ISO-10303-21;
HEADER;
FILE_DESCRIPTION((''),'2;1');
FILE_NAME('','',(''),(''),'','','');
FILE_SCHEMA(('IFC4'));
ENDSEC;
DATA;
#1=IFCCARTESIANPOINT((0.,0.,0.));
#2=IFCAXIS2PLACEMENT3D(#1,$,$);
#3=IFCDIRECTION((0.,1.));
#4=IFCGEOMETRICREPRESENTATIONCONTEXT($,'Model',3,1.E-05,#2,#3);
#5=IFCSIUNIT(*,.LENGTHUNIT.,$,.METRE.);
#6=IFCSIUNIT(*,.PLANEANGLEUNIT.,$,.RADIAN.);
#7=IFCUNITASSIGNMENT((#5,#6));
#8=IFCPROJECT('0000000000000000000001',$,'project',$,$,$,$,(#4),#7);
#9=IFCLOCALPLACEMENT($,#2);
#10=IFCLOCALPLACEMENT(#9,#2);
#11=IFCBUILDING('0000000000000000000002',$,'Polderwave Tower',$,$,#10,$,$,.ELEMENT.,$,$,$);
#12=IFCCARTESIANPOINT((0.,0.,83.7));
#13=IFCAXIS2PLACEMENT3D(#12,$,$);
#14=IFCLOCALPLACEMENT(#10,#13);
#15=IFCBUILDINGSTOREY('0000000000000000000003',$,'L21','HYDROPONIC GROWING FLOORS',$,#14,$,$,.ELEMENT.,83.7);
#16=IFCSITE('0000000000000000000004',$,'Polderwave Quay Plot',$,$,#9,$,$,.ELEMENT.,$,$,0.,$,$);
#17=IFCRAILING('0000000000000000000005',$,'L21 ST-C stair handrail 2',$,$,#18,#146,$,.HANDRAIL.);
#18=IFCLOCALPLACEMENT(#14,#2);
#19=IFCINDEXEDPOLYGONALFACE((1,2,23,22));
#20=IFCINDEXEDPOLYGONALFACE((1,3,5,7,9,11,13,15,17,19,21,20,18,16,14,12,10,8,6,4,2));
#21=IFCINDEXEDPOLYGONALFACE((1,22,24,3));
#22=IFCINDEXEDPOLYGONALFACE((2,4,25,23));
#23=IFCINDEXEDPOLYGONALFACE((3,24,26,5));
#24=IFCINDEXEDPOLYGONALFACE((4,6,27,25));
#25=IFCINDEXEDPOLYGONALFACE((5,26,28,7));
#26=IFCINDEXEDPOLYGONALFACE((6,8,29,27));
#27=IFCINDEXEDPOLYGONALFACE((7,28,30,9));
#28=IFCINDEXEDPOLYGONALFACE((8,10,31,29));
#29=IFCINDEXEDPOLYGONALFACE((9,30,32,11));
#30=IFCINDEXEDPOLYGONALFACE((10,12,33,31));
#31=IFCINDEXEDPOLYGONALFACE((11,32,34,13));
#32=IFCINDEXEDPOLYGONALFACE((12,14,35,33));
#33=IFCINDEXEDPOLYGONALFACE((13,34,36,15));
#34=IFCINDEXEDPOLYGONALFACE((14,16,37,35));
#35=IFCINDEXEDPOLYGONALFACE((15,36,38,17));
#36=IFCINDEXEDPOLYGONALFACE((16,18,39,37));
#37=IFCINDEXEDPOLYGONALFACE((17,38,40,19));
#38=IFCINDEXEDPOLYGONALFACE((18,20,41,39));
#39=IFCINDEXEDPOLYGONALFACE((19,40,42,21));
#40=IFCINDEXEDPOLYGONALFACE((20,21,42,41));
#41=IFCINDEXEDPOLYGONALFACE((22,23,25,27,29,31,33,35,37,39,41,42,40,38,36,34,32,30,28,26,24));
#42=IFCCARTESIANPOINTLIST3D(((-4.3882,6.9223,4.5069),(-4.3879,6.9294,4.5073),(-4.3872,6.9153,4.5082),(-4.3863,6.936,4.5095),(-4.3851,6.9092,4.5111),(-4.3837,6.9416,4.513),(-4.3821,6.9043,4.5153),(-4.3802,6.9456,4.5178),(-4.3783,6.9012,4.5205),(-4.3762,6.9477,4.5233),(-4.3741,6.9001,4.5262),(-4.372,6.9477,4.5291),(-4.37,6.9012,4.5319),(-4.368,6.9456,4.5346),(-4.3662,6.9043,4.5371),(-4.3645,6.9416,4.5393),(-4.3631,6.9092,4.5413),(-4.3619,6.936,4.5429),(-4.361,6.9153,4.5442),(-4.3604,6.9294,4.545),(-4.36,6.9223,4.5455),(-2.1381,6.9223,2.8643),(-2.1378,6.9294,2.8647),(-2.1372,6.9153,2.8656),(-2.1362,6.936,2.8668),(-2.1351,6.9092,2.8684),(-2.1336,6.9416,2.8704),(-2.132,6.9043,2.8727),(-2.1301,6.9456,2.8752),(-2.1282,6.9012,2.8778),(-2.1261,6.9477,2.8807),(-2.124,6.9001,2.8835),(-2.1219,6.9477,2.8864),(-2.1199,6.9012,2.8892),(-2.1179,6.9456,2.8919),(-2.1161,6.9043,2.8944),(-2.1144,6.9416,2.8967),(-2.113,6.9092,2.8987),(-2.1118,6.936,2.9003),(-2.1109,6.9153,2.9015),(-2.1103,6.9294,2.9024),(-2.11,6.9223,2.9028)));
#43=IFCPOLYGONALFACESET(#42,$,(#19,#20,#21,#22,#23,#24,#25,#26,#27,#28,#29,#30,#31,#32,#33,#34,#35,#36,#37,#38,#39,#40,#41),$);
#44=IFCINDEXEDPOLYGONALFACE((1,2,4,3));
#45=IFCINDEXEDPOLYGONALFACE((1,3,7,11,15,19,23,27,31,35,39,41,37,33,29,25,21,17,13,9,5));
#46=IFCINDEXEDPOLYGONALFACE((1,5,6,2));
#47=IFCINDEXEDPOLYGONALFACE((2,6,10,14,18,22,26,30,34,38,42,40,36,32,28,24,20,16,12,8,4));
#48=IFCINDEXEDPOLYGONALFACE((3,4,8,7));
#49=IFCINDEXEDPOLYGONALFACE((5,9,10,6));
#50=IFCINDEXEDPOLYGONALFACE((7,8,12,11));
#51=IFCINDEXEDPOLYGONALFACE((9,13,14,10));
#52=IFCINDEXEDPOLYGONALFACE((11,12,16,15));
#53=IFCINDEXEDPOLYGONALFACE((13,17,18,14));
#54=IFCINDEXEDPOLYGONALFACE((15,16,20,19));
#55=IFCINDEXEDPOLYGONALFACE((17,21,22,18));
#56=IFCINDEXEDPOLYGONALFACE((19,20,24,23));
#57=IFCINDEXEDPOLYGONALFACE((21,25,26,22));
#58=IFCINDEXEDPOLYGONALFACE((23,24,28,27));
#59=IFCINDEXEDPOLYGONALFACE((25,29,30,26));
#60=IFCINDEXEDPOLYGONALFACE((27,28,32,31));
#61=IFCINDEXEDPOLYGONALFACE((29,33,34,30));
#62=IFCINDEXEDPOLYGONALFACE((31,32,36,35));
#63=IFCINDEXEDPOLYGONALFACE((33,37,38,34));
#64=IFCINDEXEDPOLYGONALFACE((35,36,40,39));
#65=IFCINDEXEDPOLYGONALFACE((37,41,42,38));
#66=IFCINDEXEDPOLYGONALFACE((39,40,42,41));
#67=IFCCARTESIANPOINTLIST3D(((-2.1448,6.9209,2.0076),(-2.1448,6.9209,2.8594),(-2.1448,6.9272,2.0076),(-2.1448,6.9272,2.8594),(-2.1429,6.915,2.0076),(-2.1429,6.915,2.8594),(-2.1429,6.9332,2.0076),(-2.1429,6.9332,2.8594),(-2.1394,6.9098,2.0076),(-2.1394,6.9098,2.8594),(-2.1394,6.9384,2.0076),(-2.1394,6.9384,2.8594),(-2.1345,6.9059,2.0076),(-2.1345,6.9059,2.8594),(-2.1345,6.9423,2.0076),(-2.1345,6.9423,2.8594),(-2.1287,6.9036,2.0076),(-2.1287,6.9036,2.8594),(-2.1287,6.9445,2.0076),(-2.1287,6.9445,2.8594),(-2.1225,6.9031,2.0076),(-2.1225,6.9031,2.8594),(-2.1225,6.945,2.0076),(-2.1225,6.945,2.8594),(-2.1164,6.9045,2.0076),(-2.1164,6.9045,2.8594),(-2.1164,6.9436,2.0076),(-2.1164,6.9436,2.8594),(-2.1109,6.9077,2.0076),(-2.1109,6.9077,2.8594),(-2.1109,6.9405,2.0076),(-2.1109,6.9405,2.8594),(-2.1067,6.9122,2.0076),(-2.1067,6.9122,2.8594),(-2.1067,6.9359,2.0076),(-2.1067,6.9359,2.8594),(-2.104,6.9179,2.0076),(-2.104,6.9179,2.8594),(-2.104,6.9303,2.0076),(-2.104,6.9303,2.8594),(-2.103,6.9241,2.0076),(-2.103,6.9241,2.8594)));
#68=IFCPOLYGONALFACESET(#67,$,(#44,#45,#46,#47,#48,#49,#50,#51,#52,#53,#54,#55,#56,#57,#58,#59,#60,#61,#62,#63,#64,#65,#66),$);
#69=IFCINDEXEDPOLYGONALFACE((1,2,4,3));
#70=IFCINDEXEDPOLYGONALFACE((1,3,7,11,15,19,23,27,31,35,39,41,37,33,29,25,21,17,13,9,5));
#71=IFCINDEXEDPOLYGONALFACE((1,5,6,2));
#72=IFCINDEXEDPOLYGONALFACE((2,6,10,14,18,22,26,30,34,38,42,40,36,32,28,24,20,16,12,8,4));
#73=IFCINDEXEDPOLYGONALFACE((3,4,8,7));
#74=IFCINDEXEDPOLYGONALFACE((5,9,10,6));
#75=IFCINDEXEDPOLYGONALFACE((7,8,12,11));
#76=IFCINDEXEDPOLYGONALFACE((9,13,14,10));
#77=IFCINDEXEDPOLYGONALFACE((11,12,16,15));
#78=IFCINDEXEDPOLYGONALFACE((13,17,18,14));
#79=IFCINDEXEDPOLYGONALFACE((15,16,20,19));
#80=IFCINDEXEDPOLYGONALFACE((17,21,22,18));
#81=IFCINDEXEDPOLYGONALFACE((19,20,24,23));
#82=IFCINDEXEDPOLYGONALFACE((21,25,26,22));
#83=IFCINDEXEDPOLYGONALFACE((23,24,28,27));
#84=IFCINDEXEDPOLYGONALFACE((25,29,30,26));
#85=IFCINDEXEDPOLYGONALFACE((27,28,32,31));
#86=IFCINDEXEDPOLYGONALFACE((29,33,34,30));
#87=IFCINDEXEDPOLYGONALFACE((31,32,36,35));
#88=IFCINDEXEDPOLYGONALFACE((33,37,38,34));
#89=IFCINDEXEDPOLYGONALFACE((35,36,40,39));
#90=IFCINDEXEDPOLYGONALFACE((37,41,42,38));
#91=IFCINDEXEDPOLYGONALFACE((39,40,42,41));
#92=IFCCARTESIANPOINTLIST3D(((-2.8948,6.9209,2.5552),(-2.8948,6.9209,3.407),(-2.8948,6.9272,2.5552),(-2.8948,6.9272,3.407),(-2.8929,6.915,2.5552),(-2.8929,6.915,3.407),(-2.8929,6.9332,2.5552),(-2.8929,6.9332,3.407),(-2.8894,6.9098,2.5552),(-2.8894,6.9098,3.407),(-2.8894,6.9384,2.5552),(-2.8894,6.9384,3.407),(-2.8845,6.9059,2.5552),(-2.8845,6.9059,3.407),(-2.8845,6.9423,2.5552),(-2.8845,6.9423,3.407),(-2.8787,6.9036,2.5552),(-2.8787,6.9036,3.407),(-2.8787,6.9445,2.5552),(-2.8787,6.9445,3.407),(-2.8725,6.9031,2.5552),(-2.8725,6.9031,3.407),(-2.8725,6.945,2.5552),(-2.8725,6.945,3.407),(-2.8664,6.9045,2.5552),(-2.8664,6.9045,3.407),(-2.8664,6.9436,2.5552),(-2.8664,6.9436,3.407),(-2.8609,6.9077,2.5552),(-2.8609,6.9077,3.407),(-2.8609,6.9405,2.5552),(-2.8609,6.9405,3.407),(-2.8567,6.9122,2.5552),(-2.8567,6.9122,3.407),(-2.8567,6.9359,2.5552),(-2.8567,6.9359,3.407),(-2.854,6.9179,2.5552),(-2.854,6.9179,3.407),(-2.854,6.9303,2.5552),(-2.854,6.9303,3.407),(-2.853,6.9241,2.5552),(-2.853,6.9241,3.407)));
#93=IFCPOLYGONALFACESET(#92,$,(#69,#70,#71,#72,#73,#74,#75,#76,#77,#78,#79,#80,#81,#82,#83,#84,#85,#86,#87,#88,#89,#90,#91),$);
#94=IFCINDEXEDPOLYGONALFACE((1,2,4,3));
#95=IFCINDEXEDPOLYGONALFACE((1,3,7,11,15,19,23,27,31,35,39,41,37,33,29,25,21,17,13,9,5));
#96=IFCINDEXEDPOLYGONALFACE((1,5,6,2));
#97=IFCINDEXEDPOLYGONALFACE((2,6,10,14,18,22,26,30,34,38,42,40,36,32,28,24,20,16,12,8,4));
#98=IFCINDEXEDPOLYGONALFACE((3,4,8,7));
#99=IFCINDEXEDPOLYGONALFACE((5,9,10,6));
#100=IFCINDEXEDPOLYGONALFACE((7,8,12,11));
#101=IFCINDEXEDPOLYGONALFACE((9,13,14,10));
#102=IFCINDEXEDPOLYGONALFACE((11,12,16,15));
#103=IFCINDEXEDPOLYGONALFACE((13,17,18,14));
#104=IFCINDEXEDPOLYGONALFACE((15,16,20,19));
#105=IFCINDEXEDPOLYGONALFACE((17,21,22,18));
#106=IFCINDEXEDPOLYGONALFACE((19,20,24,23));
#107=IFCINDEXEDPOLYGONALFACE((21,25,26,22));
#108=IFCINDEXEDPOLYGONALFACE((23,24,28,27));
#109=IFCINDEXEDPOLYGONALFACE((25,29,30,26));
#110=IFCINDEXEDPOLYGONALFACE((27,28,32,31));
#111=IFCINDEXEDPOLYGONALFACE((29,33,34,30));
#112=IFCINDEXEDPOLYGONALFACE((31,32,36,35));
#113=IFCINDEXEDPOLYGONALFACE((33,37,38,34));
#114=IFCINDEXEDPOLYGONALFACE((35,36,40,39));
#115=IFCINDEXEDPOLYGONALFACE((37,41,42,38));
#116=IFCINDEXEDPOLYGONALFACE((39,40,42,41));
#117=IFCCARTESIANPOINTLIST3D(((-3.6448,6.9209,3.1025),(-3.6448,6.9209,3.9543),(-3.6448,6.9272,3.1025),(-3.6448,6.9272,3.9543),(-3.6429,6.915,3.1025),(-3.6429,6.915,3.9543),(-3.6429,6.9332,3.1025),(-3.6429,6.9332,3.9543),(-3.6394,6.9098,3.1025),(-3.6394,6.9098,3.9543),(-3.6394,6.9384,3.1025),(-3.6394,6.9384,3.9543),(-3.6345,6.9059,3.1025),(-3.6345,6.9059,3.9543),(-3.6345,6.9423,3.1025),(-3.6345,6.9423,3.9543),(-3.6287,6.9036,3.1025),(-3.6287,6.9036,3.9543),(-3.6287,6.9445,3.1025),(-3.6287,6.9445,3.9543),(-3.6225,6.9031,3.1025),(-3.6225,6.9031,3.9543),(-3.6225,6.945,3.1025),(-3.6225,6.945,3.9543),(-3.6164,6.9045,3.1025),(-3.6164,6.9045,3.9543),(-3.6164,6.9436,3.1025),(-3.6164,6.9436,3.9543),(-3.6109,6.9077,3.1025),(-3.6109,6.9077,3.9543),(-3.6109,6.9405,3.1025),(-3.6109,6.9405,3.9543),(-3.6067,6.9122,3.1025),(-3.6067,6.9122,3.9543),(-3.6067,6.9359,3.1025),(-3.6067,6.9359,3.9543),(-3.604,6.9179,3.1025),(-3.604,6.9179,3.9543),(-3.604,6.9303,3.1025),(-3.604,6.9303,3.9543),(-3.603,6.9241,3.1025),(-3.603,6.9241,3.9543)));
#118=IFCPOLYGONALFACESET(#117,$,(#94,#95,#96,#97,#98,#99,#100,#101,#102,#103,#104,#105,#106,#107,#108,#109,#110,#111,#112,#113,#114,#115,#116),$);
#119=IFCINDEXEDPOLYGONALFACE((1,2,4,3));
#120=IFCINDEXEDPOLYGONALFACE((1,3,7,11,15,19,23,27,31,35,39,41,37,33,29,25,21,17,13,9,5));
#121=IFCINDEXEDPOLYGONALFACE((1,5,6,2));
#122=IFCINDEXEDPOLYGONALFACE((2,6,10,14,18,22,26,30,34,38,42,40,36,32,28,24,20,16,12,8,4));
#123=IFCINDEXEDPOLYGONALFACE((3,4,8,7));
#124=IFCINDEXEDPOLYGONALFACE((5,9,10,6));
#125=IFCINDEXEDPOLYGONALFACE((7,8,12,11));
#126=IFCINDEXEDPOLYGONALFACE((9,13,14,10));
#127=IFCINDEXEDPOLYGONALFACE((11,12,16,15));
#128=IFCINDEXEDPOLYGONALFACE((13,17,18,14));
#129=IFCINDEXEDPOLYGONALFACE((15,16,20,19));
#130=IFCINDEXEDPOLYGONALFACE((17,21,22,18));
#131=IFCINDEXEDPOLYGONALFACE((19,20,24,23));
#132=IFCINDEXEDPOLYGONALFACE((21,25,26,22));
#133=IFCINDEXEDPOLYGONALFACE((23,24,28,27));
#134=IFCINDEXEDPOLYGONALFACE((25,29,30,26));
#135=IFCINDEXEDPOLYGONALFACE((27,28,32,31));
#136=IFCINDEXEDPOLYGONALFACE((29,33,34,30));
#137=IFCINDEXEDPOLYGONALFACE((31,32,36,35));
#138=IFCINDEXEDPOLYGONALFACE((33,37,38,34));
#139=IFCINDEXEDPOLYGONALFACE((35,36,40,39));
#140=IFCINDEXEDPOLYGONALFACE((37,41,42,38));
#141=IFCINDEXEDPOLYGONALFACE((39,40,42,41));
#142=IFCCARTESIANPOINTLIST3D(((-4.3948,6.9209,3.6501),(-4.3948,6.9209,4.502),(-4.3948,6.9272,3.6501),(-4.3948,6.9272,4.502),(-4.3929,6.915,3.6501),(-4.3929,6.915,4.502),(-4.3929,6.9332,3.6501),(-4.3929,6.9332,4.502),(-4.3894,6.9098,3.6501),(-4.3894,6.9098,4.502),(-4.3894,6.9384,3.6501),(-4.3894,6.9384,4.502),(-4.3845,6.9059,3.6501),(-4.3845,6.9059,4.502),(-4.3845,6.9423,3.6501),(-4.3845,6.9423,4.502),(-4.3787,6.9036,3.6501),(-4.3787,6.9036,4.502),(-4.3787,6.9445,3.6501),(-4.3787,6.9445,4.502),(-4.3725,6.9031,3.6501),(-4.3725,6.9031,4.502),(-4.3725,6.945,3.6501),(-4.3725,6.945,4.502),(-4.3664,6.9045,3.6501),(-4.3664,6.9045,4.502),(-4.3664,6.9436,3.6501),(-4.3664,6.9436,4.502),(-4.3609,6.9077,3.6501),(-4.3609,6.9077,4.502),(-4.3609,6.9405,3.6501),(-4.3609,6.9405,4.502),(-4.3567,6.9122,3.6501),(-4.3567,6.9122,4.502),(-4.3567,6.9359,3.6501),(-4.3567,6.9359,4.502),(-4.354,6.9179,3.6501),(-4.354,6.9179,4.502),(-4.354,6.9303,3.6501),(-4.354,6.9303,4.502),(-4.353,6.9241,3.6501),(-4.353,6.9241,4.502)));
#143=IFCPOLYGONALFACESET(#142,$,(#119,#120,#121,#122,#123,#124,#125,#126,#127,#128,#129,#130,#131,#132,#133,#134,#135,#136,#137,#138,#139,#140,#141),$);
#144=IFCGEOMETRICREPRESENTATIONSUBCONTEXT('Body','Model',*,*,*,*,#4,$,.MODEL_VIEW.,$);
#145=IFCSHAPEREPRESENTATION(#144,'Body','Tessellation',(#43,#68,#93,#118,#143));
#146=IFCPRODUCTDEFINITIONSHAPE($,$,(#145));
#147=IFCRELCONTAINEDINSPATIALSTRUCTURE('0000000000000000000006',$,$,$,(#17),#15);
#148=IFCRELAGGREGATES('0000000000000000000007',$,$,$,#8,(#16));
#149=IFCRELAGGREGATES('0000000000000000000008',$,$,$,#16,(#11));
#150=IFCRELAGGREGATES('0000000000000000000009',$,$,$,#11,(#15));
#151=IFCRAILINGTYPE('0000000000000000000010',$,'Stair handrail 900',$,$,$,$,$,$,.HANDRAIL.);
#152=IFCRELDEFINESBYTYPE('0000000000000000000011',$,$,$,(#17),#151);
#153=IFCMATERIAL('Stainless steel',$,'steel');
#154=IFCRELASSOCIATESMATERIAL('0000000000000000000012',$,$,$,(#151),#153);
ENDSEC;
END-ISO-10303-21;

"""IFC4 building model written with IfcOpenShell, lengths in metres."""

from ifc_helpers import new_model, si_unit, direction, frame, origin, origin_2d, place, context, subcontext, project, spatial, circle, extrude, material, type_object, element, save


model = new_model("IFC4")

# Units and contexts
model_context = context("Model", 3, precision=1e-05, world=origin(), true_north=direction((0.0, 1.0)))
body_context = subcontext(model_context, "Body", "Model", "MODEL_VIEW")
ifc_project = project(units=[si_unit("LENGTHUNIT", "METRE"), si_unit("PLANEANGLEUNIT", "RADIAN")], contexts=[model_context])

# Site, building, storey
site_placement = place(None, origin())
site = spatial("IfcSite", under=ifc_project, at=site_placement, Name="Polderwave Quay Plot", CompositionType="ELEMENT", RefElevation=0.0)
building_placement = place(site_placement, origin())
building = spatial("IfcBuilding", under=site, at=building_placement, Name="Polderwave Tower", CompositionType="ELEMENT")
storey_placement = place(building_placement, frame((0.0, 0.0, 83.7)))
storey = spatial("IfcBuildingStorey", under=building, at=storey_placement, Name="L21", Description="HYDROPONIC GROWING FLOORS", CompositionType="ELEMENT", Elevation=83.7)

# Railing
ifc_material_1 = material(Name="Stainless steel", Category="steel")
railing_type = type_object("IfcRailingType", Name="Stair handrail 900", PredefinedType="HANDRAIL", material=ifc_material_1)
railing_placement = place(storey_placement, frame((-2.124, 6.9241, 2.0076)))
element("IfcRailing", 1, at=railing_placement, inside=storey, type_object=railing_type, Name="L21 ST-C stair handrail 2", PredefinedType="HANDRAIL", context=body_context, shape_type="SweptSolid", body=[
    extrude(circle(Radius=0.0239, at=origin_2d()), frame((0.0, 0.0, 0.876), z_axis=(-0.807674, 0.0, 0.58963), x_axis=(0.0, -1.0, 0.0)), (0.0, 0.0, 1.0), 2.7859),
    extrude(circle(Radius=0.021, at=origin_2d()), origin(), (0.0, 0.0, 1.0), 0.8518),
    extrude(circle(Radius=0.021, at=origin_2d()), frame((-0.75, 0.0, 0.5476)), (0.0, 0.0, 1.0), 0.8518),
    extrude(circle(Radius=0.021, at=origin_2d()), frame((-1.5, 0.0, 1.095)), (0.0, 0.0, 1.0), 0.8518),
    extrude(circle(Radius=0.021, at=origin_2d()), frame((-2.25, 0.0, 1.6426)), (0.0, 0.0, 1.0), 0.8518),
])

save(model, "model.ifc")
